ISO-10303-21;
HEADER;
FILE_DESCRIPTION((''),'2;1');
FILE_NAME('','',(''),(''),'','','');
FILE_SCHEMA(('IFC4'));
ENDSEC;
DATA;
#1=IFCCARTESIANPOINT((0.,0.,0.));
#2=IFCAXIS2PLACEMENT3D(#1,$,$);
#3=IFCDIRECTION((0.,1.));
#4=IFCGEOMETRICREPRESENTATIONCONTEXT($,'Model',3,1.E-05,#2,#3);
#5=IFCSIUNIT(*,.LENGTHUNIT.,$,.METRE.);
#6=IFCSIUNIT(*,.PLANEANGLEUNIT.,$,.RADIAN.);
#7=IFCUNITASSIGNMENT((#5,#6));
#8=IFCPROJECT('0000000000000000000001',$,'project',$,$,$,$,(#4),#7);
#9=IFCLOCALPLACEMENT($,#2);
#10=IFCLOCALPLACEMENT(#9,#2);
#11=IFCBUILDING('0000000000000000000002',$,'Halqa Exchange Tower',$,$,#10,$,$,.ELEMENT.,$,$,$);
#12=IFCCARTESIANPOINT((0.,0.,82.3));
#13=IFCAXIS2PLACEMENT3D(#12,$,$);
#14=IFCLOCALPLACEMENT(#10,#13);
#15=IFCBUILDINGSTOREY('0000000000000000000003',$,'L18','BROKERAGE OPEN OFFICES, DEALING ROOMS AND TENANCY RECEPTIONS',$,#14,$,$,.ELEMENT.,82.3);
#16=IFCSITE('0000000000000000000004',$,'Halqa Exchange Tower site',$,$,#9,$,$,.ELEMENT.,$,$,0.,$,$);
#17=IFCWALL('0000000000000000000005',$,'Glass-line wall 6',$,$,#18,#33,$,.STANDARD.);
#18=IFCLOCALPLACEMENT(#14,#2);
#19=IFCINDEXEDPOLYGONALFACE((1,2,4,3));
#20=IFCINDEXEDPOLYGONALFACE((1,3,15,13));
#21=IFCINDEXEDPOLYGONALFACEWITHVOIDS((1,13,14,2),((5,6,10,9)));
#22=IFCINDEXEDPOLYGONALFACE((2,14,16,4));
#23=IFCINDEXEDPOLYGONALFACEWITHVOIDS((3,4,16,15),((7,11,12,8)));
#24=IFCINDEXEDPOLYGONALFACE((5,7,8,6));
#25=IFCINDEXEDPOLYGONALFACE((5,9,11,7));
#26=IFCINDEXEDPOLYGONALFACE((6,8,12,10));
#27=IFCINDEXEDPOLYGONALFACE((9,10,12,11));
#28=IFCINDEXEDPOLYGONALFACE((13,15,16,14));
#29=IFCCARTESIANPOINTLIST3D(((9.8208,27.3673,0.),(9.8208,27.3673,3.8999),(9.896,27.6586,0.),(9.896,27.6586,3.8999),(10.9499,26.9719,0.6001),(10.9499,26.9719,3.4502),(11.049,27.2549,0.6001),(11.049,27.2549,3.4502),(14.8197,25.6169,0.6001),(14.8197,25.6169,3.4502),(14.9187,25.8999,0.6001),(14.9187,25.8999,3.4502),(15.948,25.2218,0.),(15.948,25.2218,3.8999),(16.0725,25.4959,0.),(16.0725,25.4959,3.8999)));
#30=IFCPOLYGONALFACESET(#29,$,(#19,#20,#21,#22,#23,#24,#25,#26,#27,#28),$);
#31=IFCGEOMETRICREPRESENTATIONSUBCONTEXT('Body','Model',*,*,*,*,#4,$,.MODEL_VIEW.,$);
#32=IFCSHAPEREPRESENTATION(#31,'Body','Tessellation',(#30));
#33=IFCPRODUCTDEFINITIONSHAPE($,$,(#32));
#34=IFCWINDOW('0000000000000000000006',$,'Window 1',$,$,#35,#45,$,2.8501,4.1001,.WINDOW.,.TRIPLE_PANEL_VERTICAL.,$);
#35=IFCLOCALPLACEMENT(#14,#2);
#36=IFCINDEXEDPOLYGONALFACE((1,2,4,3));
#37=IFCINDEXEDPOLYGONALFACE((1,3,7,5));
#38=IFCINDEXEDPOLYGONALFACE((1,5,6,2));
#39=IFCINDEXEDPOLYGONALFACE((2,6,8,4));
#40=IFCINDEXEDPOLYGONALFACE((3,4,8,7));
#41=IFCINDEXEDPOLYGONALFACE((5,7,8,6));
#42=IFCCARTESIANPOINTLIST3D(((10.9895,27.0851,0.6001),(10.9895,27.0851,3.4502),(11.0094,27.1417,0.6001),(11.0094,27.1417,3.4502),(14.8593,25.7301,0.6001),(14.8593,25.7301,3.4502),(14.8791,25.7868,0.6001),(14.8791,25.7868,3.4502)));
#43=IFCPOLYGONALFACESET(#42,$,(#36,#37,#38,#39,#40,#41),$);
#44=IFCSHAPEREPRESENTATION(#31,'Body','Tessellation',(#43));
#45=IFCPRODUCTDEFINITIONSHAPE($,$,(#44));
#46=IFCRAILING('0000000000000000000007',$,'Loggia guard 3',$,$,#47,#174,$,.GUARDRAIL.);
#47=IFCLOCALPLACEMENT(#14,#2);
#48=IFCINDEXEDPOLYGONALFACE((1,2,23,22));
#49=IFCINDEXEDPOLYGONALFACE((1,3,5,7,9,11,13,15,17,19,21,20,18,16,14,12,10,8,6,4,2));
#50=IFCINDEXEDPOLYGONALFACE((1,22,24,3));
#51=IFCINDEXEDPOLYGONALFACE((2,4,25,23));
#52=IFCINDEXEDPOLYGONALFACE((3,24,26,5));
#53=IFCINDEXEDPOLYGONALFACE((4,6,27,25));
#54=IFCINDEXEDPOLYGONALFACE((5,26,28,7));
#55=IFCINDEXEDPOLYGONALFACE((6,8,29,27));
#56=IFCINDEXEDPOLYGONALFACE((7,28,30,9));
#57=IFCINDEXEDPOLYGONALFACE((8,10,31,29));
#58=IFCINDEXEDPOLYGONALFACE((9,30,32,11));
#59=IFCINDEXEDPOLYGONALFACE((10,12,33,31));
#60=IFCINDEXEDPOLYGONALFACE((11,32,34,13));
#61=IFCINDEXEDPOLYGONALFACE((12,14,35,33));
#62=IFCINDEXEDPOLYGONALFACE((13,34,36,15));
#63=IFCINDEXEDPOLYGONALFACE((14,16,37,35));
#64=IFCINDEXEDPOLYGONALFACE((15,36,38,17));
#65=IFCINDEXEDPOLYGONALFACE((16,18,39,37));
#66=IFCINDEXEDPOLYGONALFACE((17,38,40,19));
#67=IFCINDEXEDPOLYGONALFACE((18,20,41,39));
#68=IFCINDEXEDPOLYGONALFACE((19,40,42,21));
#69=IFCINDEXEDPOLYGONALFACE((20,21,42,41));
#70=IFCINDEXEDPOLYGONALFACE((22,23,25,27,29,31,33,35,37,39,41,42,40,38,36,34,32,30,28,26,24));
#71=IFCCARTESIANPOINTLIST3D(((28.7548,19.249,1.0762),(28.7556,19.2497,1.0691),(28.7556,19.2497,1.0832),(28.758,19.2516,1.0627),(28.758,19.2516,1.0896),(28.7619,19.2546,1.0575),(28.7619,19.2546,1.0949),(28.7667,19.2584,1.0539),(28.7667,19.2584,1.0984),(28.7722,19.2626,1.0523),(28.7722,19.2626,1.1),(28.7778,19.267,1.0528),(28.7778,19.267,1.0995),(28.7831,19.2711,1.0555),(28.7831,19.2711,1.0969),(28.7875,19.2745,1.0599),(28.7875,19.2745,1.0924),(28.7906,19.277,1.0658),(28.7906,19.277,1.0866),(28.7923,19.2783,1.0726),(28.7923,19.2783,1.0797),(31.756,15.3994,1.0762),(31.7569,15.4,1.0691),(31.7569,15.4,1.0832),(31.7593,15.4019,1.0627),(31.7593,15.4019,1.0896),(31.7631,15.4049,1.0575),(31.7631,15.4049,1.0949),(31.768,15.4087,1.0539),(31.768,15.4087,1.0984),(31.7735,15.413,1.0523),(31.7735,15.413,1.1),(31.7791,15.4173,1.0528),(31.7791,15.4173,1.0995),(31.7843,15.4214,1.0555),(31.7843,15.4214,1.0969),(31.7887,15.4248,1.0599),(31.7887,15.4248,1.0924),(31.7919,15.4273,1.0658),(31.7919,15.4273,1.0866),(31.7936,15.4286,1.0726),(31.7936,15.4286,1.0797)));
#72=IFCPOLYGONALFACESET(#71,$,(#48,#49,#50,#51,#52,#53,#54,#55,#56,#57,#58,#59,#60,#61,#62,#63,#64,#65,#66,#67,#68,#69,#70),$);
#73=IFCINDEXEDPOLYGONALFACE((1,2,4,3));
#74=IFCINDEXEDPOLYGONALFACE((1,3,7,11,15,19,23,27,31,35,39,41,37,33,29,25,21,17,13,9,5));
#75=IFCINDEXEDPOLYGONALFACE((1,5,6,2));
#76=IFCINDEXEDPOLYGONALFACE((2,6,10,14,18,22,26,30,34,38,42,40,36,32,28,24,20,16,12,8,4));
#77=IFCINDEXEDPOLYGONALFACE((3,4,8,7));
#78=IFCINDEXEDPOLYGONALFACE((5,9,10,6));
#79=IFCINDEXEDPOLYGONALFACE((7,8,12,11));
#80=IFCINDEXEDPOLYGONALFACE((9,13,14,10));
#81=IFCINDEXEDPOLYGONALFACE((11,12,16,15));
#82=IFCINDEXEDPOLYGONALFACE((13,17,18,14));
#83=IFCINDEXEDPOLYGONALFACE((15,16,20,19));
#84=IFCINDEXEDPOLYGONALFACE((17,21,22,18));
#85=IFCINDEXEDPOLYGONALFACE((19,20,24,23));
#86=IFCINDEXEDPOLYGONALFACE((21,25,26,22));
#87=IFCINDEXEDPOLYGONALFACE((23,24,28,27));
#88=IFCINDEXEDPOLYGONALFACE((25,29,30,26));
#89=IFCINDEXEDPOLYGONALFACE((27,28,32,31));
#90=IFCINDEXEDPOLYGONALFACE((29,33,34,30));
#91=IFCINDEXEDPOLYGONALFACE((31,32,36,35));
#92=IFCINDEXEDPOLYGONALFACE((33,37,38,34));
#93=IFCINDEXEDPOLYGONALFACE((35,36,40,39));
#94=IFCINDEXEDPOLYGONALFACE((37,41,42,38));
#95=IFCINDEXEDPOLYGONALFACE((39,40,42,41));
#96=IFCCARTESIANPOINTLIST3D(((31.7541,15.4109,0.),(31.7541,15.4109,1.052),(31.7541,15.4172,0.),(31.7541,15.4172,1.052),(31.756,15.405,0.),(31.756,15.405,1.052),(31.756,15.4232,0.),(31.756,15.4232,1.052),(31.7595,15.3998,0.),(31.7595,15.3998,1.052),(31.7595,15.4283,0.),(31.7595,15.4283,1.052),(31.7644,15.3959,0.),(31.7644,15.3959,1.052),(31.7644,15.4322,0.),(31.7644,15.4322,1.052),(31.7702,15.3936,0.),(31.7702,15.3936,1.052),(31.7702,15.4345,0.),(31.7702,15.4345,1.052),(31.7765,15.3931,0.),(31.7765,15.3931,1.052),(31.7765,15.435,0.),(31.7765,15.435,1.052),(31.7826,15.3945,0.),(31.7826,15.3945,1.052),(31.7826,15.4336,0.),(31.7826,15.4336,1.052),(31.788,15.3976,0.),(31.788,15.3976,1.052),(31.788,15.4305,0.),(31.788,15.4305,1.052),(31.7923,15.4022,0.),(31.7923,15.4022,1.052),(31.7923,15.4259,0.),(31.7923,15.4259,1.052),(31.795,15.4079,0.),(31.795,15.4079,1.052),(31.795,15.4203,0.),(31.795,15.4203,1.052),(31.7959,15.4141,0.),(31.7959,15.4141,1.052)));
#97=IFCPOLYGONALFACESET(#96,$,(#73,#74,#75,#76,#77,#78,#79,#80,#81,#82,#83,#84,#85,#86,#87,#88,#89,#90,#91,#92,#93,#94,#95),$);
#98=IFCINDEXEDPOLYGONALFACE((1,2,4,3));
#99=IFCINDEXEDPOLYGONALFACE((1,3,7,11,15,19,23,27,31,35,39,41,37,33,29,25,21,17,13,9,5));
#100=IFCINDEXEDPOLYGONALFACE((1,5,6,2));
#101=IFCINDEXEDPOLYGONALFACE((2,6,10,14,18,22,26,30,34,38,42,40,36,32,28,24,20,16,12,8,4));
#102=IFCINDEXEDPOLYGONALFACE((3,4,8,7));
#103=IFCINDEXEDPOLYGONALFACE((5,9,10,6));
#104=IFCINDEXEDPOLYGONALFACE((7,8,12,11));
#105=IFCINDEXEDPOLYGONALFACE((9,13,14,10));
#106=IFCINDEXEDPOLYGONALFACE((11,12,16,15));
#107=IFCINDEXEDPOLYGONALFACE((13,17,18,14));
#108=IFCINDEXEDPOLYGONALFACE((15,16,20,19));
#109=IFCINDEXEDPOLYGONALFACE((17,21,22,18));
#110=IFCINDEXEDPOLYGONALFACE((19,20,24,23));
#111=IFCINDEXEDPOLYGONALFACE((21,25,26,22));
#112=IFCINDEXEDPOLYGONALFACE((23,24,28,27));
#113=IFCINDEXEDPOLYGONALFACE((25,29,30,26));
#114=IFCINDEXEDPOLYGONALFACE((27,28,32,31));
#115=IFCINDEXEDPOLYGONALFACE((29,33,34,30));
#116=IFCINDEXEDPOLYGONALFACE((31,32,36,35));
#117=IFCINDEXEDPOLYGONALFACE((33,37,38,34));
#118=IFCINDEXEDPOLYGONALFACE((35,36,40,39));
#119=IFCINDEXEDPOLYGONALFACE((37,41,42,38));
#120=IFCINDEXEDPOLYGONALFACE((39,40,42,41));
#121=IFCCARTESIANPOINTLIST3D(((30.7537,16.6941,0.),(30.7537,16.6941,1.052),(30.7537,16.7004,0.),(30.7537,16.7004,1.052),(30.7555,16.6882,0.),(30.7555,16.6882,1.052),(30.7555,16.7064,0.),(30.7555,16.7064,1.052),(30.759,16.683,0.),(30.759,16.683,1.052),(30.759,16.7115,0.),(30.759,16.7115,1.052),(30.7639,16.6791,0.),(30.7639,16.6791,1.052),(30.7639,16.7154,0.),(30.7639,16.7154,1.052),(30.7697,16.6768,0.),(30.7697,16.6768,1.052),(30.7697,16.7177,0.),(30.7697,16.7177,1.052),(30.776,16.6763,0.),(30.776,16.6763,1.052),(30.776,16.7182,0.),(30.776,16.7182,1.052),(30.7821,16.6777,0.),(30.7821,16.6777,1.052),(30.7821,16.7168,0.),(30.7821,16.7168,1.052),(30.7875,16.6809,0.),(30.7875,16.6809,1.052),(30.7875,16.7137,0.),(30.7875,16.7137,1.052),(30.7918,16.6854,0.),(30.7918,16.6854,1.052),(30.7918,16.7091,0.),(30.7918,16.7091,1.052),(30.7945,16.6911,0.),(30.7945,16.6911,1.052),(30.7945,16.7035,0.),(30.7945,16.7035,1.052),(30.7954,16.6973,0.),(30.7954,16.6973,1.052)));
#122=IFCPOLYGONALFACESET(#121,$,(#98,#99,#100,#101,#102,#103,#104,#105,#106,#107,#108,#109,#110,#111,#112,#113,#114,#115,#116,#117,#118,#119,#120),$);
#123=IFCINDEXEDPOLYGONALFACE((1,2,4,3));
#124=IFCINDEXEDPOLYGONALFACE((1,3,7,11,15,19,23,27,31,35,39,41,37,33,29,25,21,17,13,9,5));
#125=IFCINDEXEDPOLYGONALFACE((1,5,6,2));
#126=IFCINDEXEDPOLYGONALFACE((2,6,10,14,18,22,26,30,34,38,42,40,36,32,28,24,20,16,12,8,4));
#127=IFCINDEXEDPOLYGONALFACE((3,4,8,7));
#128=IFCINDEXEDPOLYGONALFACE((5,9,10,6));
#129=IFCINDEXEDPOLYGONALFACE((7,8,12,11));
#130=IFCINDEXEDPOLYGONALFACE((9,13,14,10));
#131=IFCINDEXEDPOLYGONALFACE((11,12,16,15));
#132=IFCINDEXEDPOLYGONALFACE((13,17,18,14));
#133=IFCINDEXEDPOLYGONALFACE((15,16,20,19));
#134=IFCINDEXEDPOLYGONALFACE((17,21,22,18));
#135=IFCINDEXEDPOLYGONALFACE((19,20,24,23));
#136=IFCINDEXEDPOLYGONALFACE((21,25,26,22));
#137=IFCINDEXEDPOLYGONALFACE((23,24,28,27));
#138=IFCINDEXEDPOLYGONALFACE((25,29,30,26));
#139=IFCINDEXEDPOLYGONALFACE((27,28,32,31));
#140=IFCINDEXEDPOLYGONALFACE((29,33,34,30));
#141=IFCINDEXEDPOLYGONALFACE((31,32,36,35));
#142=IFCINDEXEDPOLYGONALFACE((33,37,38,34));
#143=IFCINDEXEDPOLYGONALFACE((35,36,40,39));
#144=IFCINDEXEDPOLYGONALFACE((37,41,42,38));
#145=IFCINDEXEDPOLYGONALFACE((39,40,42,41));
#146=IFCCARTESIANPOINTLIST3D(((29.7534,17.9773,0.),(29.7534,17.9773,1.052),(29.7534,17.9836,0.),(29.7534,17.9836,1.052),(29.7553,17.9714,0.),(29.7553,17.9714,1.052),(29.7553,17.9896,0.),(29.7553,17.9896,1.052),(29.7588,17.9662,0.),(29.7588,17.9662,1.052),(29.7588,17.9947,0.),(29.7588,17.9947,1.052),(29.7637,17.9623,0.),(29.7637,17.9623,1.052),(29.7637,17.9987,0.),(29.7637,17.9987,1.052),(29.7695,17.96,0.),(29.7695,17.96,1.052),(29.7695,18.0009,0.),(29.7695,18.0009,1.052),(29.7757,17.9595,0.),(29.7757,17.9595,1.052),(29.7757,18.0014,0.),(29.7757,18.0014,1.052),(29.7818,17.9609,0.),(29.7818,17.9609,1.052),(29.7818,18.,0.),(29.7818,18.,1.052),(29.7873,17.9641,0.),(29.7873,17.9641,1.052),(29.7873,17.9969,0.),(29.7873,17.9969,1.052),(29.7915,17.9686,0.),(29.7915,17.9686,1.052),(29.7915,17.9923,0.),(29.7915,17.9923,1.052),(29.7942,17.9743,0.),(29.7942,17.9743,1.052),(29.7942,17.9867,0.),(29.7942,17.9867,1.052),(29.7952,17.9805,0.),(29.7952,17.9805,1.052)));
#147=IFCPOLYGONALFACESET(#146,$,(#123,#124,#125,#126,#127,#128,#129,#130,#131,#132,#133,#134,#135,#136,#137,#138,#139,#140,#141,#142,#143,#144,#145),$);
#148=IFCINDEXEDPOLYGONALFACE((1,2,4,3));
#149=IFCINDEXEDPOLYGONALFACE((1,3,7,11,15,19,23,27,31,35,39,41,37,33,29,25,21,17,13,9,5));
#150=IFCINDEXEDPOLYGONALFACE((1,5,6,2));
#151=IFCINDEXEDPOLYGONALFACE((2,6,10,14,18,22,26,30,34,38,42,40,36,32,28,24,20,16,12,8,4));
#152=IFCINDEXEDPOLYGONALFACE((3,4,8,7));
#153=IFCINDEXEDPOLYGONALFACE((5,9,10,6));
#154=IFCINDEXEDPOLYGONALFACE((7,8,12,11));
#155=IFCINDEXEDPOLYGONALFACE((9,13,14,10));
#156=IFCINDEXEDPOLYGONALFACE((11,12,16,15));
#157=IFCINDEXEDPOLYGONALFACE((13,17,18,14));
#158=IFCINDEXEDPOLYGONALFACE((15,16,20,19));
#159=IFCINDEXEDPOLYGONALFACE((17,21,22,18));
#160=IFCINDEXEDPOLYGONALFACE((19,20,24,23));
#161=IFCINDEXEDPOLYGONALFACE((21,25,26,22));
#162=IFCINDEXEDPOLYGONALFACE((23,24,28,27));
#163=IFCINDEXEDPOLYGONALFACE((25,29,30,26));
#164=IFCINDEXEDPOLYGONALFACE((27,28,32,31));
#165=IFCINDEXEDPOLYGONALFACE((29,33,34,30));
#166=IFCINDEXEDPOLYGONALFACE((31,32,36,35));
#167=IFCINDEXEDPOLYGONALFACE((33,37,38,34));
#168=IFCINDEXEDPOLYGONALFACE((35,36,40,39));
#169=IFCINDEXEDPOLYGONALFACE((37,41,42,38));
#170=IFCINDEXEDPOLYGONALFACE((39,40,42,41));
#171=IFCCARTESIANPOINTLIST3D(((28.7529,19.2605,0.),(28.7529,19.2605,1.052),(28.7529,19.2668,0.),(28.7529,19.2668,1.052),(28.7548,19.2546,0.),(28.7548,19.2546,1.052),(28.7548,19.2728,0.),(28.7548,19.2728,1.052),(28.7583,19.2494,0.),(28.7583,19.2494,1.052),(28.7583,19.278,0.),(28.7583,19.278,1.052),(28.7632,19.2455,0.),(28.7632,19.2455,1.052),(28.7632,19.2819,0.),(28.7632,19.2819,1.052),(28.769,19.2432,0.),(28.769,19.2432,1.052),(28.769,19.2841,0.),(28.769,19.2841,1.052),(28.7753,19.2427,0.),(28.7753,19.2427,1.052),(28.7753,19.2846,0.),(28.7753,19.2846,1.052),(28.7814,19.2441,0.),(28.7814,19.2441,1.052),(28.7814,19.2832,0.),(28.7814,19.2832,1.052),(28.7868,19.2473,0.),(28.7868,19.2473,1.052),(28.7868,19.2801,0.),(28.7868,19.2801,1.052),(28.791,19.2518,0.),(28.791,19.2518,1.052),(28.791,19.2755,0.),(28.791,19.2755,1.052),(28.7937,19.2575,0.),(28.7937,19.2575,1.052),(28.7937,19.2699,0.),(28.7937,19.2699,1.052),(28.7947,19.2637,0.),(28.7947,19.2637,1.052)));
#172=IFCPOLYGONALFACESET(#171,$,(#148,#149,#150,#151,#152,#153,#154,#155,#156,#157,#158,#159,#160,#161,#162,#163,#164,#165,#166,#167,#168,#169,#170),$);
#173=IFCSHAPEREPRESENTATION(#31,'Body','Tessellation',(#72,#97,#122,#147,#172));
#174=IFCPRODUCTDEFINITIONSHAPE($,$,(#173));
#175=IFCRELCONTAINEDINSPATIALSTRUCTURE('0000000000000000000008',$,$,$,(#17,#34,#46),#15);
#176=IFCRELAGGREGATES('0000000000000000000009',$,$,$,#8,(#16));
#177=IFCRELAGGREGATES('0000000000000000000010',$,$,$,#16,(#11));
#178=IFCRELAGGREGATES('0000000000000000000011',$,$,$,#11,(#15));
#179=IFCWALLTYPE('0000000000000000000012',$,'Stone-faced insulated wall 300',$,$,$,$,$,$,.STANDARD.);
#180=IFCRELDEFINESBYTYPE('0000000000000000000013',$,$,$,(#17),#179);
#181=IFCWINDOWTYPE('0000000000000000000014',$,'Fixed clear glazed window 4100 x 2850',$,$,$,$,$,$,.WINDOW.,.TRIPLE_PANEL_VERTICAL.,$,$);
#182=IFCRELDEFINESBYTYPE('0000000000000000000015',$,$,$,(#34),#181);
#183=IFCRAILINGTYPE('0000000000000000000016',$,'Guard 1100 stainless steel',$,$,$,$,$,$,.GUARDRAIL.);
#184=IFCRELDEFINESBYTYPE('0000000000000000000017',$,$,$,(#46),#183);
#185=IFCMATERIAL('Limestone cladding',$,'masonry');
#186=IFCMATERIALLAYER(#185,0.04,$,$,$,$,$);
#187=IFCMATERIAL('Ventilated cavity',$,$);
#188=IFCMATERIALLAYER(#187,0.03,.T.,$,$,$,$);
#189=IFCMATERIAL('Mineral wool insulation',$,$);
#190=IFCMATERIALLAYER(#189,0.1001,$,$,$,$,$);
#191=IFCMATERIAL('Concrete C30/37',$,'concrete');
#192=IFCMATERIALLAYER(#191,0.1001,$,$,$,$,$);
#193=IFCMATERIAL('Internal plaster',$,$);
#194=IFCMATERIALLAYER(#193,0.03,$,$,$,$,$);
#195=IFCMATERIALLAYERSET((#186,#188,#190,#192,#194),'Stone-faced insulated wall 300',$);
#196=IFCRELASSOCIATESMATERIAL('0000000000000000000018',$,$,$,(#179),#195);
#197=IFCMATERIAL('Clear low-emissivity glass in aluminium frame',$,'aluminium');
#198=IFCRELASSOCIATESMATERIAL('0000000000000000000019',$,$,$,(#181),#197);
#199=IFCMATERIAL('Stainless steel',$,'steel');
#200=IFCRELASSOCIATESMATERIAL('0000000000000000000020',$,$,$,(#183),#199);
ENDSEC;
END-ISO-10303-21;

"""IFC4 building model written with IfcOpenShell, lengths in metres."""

from ifc_helpers import new_model, si_unit, direction, frame, frame_2d, origin, origin_2d, place, context, subcontext, project, spatial, polyline, rectangle, circle, outline, extrude, material, layer, layer_set, type_object, element, fill, save


model = new_model("IFC4")

# Units and contexts
model_context = context("Model", 3, precision=1e-05, world=origin(), true_north=direction((0.0, 1.0)))
body_context = subcontext(model_context, "Body", "Model", "MODEL_VIEW")
ifc_project = project(units=[si_unit("LENGTHUNIT", "METRE"), si_unit("PLANEANGLEUNIT", "RADIAN")], contexts=[model_context])

# Site, building, storey
site_placement = place(None, origin())
site = spatial("IfcSite", under=ifc_project, at=site_placement, Name="Halqa Exchange Tower site", CompositionType="ELEMENT", RefElevation=0.0)
building_placement = place(site_placement, origin())
building = spatial("IfcBuilding", under=site, at=building_placement, Name="Halqa Exchange Tower", CompositionType="ELEMENT")
storey_placement = place(building_placement, frame((0.0, 0.0, 82.3)))
storey = spatial("IfcBuildingStorey", under=building, at=storey_placement, Name="L18", Description="BROKERAGE OPEN OFFICES, DEALING ROOMS AND TENANCY RECEPTIONS", CompositionType="ELEMENT", Elevation=82.3)

# Shared definitions
ifc_material_1 = material(Name="Limestone cladding", Category="masonry")
ifc_layer_1 = layer(ifc_material_1, 0.04)
ifc_material_2 = material(Name="Ventilated cavity")
ifc_layer_2 = layer(ifc_material_2, 0.03, ventilated=True)
ifc_material_3 = material(Name="Mineral wool insulation")
ifc_layer_3 = layer(ifc_material_3, 0.1001)
ifc_material_4 = material(Name="Concrete C30/37", Category="concrete")
ifc_layer_4 = layer(ifc_material_4, 0.1001)
ifc_material_5 = material(Name="Internal plaster")
ifc_layer_5 = layer(ifc_material_5, 0.03)
ifc_layer_set = layer_set([ifc_layer_1, ifc_layer_2, ifc_layer_3, ifc_layer_4, ifc_layer_5], Name="Stone-faced insulated wall 300")
wall_type = type_object("IfcWallType", Name="Stone-faced insulated wall 300", PredefinedType="STANDARD", material=ifc_layer_set)
ifc_material_6 = material(Name="Clear low-emissivity glass in aluminium frame", Category="aluminium")

# Wall, opening, window
window_type = type_object("IfcWindowType", Name="Fixed clear glazed window 4100 x 2850", PartitioningType="TRIPLE_PANEL_VERTICAL", PredefinedType="WINDOW", material=ifc_material_6)
wall_1_placement = place(storey_placement, frame((16.0103, 25.3589, 0.0), z_axis=(0.0, 0.0, 1.0), x_axis=(-0.943815, 0.330474, 0.0)))
wall_1 = element("IfcWall", 1, at=wall_1_placement, inside=storey, type_object=wall_type, Name="Glass-line wall 6", PredefinedType="STANDARD", context=body_context, shape_type="SweptSolid", body=[
    extrude(outline(polyline([(-0.0134, -0.1499), (6.5308, -0.1499), (6.5054, 0.1499), (0.0134, 0.1499), (-0.0134, -0.1499)])), origin(), (0.0, 0.0, 1.0), 3.8999),
])
opening_1_placement = place(wall_1_placement, frame((1.209, 0.0, 0.6001)))
opening_1 = element("IfcOpeningElement", 2, at=opening_1_placement, cuts=wall_1, PredefinedType="OPENING", context=body_context, shape_type="SweptSolid", body=[
    extrude(rectangle(XDim=4.1001, YDim=2.8501, at=frame_2d((2.05, 1.425))), frame((0.0, 0.1621, 0.0), z_axis=(0.0, -1.0, 0.0), x_axis=(1.0, 0.0, 0.0)), (0.0, 0.0, 1.0), 0.324),
])
window_1_placement = place(opening_1_placement, origin())
window_1 = element("IfcWindow", 3, at=window_1_placement, inside=storey, type_object=window_type, Name="Window 1", OverallHeight=2.8501, OverallWidth=4.1001, PartitioningType="TRIPLE_PANEL_VERTICAL", PredefinedType="WINDOW", context=body_context, shape_type="SweptSolid", body=[
    extrude(rectangle(XDim=4.1001, YDim=2.8501, at=frame_2d((2.05, 1.425))), frame((0.0, 0.03, 0.0), z_axis=(0.0, -1.0, 0.0), x_axis=(1.0, 0.0, 0.0)), (0.0, 0.0, 1.0), 0.0601),
])
fill(opening_1, window_1)

# Railing
ifc_material_7 = material(Name="Stainless steel", Category="steel")
railing_type = type_object("IfcRailingType", Name="Guard 1100 stainless steel", PredefinedType="GUARDRAIL", material=ifc_material_7)
railing_1_placement = place(storey_placement, frame((31.7749, 15.4141, 0.0)))
element("IfcRailing", 4, at=railing_1_placement, inside=storey, type_object=railing_type, Name="Loggia guard 3", PredefinedType="GUARDRAIL", context=body_context, shape_type="SweptSolid", body=[
    extrude(circle(Radius=0.0239, at=origin_2d()), frame((0.0, 0.0, 1.0762), z_axis=(-0.614844, 0.788649, 0.0), x_axis=(-0.788649, -0.614844, 0.0)), (0.0, 0.0, 1.0), 4.8813),
    extrude(circle(Radius=0.021, at=origin_2d()), origin(), (0.0, 0.0, 1.0), 1.052),
    extrude(circle(Radius=0.021, at=origin_2d()), frame((-1.0005, 1.2832, 0.0)), (0.0, 0.0, 1.0), 1.052),
    extrude(circle(Radius=0.021, at=origin_2d()), frame((-2.0007, 2.5664, 0.0)), (0.0, 0.0, 1.0), 1.052),
    extrude(circle(Radius=0.021, at=origin_2d()), frame((-3.0012, 3.8496, 0.0)), (0.0, 0.0, 1.0), 1.052),
])

save(model, "model.ifc")
